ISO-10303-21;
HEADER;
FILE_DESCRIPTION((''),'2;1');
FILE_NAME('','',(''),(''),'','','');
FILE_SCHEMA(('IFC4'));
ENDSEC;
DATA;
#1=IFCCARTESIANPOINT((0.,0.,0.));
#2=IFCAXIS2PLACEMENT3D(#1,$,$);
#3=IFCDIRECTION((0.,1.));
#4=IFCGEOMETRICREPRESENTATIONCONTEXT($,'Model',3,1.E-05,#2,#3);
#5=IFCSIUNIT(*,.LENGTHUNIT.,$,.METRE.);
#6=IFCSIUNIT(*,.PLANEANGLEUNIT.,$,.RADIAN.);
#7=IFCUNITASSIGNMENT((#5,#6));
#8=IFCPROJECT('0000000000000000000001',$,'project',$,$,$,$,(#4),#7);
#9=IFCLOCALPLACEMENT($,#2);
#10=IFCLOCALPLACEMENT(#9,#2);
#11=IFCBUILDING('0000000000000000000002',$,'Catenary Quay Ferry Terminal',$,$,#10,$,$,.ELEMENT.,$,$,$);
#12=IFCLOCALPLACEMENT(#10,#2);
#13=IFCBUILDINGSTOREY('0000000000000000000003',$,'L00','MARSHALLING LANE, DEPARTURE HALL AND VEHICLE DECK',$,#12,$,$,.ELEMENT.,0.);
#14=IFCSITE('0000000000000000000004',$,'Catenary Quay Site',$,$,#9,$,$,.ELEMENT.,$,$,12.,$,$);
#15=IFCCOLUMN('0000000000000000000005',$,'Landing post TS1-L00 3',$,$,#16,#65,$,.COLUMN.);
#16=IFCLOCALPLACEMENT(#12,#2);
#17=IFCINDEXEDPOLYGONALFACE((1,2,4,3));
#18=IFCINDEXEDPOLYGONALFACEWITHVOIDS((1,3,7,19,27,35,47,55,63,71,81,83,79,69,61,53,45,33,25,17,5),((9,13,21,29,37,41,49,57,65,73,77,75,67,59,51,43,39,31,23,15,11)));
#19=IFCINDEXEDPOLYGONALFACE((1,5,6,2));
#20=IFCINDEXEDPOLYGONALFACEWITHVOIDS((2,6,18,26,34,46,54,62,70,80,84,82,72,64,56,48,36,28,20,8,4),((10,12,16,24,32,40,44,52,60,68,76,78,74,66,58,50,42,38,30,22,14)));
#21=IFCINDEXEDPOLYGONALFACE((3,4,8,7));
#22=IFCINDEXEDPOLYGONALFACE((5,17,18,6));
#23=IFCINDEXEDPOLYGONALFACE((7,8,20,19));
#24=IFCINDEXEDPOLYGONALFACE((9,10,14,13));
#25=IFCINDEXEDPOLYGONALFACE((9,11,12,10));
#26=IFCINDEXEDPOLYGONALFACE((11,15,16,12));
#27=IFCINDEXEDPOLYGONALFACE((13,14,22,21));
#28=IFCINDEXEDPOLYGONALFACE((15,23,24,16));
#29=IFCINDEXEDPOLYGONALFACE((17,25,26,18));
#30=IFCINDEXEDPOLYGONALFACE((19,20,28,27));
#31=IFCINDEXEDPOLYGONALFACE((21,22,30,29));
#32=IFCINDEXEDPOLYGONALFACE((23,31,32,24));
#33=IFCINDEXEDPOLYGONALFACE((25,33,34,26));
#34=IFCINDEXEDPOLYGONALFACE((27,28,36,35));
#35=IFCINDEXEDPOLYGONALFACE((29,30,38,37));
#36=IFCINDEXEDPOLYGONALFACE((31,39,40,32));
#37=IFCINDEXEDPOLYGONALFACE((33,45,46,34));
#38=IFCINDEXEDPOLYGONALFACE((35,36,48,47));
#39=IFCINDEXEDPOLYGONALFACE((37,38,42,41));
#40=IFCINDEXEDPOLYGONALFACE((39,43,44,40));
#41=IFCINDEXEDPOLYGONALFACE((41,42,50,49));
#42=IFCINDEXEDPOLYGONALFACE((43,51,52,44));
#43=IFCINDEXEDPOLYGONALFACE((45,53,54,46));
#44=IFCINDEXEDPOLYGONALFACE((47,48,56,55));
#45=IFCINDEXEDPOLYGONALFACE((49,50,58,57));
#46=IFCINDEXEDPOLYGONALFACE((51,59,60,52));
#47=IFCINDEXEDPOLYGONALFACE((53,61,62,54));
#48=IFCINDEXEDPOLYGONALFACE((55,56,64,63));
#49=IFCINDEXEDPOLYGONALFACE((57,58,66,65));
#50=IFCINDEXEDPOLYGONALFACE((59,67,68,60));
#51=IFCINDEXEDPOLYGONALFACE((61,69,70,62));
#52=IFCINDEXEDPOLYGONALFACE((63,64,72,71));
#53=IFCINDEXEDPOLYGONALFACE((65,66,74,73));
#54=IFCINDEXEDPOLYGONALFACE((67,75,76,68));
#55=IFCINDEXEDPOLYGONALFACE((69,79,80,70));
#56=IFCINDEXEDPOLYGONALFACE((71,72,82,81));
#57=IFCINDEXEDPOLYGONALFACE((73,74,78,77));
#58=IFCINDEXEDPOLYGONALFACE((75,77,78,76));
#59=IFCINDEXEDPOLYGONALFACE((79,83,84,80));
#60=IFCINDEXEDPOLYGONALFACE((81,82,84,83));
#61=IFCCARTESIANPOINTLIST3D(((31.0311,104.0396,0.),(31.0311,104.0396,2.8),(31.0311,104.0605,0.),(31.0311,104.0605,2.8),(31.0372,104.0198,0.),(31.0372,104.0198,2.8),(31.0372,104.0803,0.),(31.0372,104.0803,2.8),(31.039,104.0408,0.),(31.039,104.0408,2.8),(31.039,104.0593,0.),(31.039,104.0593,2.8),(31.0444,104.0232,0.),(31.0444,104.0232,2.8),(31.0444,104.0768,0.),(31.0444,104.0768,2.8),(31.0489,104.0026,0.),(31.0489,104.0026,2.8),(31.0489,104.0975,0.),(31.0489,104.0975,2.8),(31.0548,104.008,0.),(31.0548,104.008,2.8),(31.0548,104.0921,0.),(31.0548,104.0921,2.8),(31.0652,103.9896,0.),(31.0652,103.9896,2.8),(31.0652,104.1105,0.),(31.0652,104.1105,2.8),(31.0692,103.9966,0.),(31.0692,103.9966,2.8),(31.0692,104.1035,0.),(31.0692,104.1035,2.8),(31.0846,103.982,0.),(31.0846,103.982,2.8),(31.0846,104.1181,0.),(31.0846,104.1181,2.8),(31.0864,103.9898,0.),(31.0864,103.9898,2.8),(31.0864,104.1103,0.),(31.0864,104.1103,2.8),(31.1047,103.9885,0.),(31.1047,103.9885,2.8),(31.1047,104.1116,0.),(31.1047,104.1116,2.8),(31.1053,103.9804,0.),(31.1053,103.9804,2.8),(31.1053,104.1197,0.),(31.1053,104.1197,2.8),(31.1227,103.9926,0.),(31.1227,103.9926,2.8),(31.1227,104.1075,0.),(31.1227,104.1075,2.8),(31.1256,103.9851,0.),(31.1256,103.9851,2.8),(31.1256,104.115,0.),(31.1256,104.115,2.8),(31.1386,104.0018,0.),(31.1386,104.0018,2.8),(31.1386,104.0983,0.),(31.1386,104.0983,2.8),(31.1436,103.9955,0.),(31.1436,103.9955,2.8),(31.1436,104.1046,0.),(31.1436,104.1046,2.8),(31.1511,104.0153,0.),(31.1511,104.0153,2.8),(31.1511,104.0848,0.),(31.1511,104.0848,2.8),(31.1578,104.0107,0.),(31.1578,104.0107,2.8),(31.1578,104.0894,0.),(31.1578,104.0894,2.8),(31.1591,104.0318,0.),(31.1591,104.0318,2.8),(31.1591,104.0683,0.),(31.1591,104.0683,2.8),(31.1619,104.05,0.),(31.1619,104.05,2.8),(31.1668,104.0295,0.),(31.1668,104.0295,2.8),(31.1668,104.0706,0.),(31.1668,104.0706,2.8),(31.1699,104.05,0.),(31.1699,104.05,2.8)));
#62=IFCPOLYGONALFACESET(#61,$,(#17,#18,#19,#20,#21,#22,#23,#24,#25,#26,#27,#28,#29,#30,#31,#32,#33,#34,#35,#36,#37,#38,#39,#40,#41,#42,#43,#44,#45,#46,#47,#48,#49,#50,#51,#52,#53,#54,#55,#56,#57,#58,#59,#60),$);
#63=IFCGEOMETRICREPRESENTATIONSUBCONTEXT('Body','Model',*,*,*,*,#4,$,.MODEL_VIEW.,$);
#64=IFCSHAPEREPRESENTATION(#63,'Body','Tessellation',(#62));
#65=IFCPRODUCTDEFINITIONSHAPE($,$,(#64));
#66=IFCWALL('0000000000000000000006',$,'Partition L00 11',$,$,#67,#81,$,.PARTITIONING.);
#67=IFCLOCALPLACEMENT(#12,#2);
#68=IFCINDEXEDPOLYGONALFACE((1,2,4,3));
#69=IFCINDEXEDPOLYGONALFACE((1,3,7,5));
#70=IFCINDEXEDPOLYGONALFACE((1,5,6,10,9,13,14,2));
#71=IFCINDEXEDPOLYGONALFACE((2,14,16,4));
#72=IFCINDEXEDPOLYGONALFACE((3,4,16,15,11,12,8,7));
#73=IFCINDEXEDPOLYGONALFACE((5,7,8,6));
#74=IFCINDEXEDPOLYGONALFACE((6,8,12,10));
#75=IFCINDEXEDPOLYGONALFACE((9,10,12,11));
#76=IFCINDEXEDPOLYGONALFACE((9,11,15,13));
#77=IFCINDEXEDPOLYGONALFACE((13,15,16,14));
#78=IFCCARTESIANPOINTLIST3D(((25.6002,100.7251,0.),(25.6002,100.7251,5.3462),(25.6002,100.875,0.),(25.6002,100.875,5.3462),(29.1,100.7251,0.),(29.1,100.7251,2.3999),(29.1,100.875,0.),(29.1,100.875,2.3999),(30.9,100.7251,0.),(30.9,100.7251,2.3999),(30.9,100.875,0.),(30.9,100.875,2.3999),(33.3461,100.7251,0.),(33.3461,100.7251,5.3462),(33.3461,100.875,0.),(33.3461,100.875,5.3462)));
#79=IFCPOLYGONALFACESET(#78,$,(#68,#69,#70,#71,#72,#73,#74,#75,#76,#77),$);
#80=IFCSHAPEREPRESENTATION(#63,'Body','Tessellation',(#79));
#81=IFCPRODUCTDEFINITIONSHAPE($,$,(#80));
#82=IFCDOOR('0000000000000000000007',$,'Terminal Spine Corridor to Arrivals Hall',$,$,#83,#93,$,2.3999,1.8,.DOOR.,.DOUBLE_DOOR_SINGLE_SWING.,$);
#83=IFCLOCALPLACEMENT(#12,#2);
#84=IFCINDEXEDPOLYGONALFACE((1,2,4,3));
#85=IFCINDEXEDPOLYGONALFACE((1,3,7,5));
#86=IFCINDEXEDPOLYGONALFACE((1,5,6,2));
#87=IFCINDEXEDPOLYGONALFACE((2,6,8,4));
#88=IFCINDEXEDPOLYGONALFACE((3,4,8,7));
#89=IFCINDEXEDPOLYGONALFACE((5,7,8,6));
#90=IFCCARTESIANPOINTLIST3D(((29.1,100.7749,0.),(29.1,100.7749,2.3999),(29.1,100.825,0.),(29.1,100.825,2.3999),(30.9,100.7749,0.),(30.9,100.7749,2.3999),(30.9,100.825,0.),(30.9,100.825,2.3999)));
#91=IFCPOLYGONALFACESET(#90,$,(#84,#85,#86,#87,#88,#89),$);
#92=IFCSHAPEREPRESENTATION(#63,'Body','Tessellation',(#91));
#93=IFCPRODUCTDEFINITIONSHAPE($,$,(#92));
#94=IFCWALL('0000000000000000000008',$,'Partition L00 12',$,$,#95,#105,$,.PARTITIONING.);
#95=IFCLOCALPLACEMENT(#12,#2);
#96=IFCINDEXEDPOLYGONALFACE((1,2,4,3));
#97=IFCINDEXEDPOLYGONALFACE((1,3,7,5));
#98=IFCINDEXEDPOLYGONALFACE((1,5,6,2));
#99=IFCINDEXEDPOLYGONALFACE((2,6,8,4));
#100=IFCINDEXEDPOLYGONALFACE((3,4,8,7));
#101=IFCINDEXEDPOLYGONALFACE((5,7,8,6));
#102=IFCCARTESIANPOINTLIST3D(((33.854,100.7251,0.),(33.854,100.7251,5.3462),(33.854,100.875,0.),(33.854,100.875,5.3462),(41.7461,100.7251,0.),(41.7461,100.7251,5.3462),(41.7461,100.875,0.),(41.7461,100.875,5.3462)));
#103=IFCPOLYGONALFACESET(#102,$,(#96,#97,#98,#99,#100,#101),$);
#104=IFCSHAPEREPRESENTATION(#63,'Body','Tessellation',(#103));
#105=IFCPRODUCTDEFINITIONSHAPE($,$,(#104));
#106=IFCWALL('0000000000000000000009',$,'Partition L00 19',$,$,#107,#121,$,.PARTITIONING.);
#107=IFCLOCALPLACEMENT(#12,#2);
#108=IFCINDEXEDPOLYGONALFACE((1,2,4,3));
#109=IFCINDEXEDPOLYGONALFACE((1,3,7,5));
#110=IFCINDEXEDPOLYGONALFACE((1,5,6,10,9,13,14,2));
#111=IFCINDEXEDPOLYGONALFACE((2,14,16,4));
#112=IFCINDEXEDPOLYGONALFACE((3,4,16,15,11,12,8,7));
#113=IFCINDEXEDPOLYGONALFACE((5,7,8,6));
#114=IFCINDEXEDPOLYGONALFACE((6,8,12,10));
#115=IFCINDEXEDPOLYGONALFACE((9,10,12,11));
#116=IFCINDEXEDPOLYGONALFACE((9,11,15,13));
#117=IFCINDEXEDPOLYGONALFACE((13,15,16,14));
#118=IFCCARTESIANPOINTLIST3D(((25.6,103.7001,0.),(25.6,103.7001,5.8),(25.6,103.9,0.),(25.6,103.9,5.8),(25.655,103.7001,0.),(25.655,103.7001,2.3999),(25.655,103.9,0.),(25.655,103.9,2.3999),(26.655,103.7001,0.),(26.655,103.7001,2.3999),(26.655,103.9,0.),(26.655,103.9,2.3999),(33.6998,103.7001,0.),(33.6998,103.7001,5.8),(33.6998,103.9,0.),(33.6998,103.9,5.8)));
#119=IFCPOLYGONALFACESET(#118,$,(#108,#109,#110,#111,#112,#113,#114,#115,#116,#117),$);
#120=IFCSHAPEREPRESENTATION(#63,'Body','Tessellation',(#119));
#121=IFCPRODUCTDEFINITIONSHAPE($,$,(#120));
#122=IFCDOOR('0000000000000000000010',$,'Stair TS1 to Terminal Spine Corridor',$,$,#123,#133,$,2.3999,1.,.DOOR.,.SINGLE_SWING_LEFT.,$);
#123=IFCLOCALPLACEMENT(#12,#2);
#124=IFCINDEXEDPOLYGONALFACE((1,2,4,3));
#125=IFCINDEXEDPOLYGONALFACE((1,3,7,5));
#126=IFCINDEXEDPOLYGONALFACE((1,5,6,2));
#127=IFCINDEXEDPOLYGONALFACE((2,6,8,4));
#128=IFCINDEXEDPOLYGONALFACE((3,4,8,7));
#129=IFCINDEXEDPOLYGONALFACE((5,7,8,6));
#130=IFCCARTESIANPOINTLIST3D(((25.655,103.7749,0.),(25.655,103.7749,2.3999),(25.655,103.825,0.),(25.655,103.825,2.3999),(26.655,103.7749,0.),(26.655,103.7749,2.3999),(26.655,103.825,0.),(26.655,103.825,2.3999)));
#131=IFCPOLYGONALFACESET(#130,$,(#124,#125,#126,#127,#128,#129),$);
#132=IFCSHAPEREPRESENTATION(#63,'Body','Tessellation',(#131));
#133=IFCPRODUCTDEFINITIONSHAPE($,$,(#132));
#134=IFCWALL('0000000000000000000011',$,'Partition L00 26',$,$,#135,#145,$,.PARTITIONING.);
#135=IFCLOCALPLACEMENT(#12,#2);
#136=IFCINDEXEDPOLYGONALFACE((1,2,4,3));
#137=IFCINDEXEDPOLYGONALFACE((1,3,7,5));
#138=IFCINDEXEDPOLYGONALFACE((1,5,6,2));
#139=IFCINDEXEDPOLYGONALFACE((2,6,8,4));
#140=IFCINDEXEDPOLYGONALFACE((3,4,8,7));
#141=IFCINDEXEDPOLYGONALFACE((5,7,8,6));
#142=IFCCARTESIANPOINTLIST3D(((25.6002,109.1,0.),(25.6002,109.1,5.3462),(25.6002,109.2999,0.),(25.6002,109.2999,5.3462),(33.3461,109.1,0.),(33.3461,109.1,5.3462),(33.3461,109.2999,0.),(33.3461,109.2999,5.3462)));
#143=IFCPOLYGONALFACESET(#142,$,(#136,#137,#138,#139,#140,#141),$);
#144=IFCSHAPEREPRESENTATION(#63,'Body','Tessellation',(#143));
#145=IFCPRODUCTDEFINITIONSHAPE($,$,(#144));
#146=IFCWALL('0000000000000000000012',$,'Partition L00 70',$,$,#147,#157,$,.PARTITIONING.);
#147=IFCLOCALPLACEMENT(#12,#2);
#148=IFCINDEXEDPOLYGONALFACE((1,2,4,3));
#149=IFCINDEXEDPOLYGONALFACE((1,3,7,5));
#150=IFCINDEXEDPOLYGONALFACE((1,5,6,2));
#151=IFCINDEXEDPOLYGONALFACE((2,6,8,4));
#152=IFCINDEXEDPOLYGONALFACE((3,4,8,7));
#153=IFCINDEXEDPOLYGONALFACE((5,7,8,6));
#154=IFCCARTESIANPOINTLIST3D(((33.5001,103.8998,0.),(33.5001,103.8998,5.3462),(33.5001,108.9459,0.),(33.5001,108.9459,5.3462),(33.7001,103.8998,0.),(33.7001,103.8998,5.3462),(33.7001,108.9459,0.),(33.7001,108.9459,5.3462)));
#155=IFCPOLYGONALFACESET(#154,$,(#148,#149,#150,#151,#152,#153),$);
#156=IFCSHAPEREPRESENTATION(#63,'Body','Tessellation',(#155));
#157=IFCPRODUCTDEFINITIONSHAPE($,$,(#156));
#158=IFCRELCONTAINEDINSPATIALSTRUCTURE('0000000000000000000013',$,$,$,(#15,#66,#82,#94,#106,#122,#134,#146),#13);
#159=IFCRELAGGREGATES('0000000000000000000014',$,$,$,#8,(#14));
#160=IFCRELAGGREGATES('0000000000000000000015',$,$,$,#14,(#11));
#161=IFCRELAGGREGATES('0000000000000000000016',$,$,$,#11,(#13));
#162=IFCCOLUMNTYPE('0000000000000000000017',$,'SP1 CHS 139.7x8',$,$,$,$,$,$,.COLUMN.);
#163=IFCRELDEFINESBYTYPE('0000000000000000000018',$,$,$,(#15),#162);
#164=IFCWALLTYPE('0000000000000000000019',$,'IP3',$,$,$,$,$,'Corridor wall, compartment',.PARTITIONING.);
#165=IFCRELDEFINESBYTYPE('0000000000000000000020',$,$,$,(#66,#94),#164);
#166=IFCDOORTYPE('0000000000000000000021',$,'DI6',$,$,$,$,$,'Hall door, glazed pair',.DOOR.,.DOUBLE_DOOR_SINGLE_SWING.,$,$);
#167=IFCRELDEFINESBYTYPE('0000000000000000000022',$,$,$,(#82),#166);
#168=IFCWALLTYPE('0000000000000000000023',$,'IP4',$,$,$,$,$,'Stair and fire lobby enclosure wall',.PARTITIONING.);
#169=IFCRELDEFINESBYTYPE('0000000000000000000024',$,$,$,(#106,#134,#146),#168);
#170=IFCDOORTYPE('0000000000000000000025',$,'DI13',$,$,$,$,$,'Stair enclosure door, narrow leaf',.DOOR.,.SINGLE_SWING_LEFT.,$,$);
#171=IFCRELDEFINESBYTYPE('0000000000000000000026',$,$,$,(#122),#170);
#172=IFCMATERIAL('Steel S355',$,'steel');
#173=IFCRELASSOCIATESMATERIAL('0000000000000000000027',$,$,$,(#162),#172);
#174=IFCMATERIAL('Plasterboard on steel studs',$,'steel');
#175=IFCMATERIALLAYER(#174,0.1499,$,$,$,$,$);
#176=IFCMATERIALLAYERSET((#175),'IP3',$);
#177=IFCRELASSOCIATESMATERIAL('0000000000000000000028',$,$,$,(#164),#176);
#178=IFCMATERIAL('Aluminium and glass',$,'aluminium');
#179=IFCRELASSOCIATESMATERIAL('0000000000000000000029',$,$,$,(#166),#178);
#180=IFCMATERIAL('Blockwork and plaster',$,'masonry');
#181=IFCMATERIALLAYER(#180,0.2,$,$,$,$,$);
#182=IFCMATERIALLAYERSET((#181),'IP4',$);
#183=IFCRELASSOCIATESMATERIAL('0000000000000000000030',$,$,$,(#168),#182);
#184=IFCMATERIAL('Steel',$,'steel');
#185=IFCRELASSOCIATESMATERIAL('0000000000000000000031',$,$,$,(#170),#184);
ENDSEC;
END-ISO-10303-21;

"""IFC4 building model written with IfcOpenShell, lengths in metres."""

from ifc_helpers import new_model, si_unit, direction, frame, frame_2d, origin, origin_2d, place, context, subcontext, project, spatial, rectangle, hollow_circle, extrude, material, layer, layer_set, material_profile, profile_set, type_object, element, fill, save


model = new_model("IFC4")

# Units and contexts
model_context = context("Model", 3, precision=1e-05, world=origin(), true_north=direction((0.0, 1.0)))
body_context = subcontext(model_context, "Body", "Model", "MODEL_VIEW")
ifc_project = project(units=[si_unit("LENGTHUNIT", "METRE"), si_unit("PLANEANGLEUNIT", "RADIAN")], contexts=[model_context])

# Site, building, storey
site_placement = place(None, origin())
site = spatial("IfcSite", under=ifc_project, at=site_placement, Name="Catenary Quay Site", CompositionType="ELEMENT", RefElevation=12.0)
building_placement = place(site_placement, origin())
building = spatial("IfcBuilding", under=site, at=building_placement, Name="Catenary Quay Ferry Terminal", CompositionType="ELEMENT")
storey_placement = place(building_placement, origin())
storey = spatial("IfcBuildingStorey", under=building, at=storey_placement, Name="L00", Description="MARSHALLING LANE, DEPARTURE HALL AND VEHICLE DECK", CompositionType="ELEMENT", Elevation=0.0)

# Column
ifc_material_1 = material(Name="Steel S355", Category="steel")
ifc_material_profile_1 = material_profile(ifc_material_1, hollow_circle(Radius=0.0698, WallThickness=0.0081, at=origin_2d()), Name="CHS 139.7x8")
ifc_profile_set_1 = profile_set([ifc_material_profile_1], Name="Steel S355")
column_type_1 = type_object("IfcColumnType", Name="SP1 CHS 139.7x8", PredefinedType="COLUMN", material=ifc_profile_set_1)
for number, where, z_axis, x_axis, name in (
    (1, (31.1001, 104.05, 0.0), (0.0, 0.0, 1.0), (1.0, 0.0, 0.0), "Landing post TS1-L00 3"),
):
    element("IfcColumn", number, at=place(storey_placement, frame(where, z_axis=z_axis, x_axis=x_axis)), inside=storey, type_object=column_type_1, Name=name, PredefinedType="COLUMN", context=body_context, shape_type="SweptSolid", body=[
        extrude(hollow_circle(Radius=0.0698, WallThickness=0.0081, at=origin_2d()), origin(), (0.0, 0.0, 1.0), 2.8),
    ])

# Wall, opening, door
ifc_material_2 = material(Name="Plasterboard on steel studs", Category="steel")
ifc_layer_1 = layer(ifc_material_2, 0.1499)
ifc_layer_set_1 = layer_set([ifc_layer_1], Name="IP3")
wall_type_1 = type_object("IfcWallType", Name="IP3", ElementType="Corridor wall, compartment", PredefinedType="PARTITIONING", material=ifc_layer_set_1)
wall_1_placement = place(storey_placement, frame((25.6001, 100.8, 0.0), z_axis=(0.0, 0.0, 1.0), x_axis=(1.0, 0.0, 0.0)))
wall_1 = element("IfcWall", 2, at=wall_1_placement, inside=storey, type_object=wall_type_1, Name="Partition L00 11", PredefinedType="PARTITIONING", context=body_context, shape_type="SweptSolid", body=[
    extrude(rectangle(XDim=7.7458, YDim=0.1499, at=frame_2d((3.873, 0.0))), origin(), (0.0, 0.0, 1.0), 5.3462),
])
opening_1_placement = place(wall_1_placement, frame((3.5, 0.0, 0.0)))
opening_1 = element("IfcOpeningElement", 3, at=opening_1_placement, cuts=wall_1, PredefinedType="OPENING", context=body_context, shape_type="SweptSolid", body=[
    extrude(rectangle(XDim=1.8, YDim=2.3999, at=frame_2d((0.8999, 1.2))), frame((0.0, 0.085, 0.0), z_axis=(0.0, -1.0, 0.0), x_axis=(1.0, 0.0, 0.0)), (0.0, 0.0, 1.0), 0.1699),
])
ifc_material_3 = material(Name="Aluminium and glass", Category="aluminium")
door_type_1 = type_object("IfcDoorType", Name="DI6", ElementType="Hall door, glazed pair", OperationType="DOUBLE_DOOR_SINGLE_SWING", PredefinedType="DOOR", material=ifc_material_3)
door_1_placement = place(opening_1_placement, origin())
door_1 = element("IfcDoor", 4, at=door_1_placement, inside=storey, type_object=door_type_1, Name="Terminal Spine Corridor to Arrivals Hall", OperationType="DOUBLE_DOOR_SINGLE_SWING", OverallHeight=2.3999, OverallWidth=1.8, PredefinedType="DOOR", context=body_context, shape_type="SweptSolid", body=[
    extrude(rectangle(XDim=1.8, YDim=2.3999, at=frame_2d((0.8999, 1.2))), frame((0.0, 0.0249, 0.0), z_axis=(0.0, -1.0, 0.0), x_axis=(1.0, 0.0, 0.0)), (0.0, 0.0, 1.0), 0.05),
])
fill(opening_1, door_1)

# Wall
wall_2_placement = place(storey_placement, frame((33.854, 100.8, 0.0), z_axis=(0.0, 0.0, 1.0), x_axis=(1.0, 0.0, 0.0)))
element("IfcWall", 5, at=wall_2_placement, inside=storey, type_object=wall_type_1, Name="Partition L00 12", PredefinedType="PARTITIONING", context=body_context, shape_type="SweptSolid", body=[
    extrude(rectangle(XDim=7.8921, YDim=0.1499, at=frame_2d((3.946, 0.0))), origin(), (0.0, 0.0, 1.0), 5.3462),
])

# Wall, opening, door
ifc_material_4 = material(Name="Blockwork and plaster", Category="masonry")
ifc_layer_2 = layer(ifc_material_4, 0.2)
ifc_layer_set_2 = layer_set([ifc_layer_2], Name="IP4")
wall_type_2 = type_object("IfcWallType", Name="IP4", ElementType="Stair and fire lobby enclosure wall", PredefinedType="PARTITIONING", material=ifc_layer_set_2)
wall_3_placement = place(storey_placement, frame((25.6001, 103.8, 0.0), z_axis=(0.0, 0.0, 1.0), x_axis=(1.0, 0.0, 0.0)))
wall_3 = element("IfcWall", 6, at=wall_3_placement, inside=storey, type_object=wall_type_2, Name="Partition L00 19", PredefinedType="PARTITIONING", context=body_context, shape_type="SweptSolid", body=[
    extrude(rectangle(XDim=8.0999, YDim=0.2, at=frame_2d((4.0498, 0.0))), origin(), (0.0, 0.0, 1.0), 5.8),
])
opening_2_placement = place(wall_3_placement, frame((0.0549, 0.0, 0.0)))
opening_2 = element("IfcOpeningElement", 7, at=opening_2_placement, cuts=wall_3, PredefinedType="OPENING", context=body_context, shape_type="SweptSolid", body=[
    extrude(rectangle(XDim=1.0, YDim=2.3999, at=frame_2d((0.5, 1.2))), frame((0.0, 0.1099, 0.0), z_axis=(0.0, -1.0, 0.0), x_axis=(1.0, 0.0, 0.0)), (0.0, 0.0, 1.0), 0.22),
])
ifc_material_5 = material(Name="Steel", Category="steel")
door_type_2 = type_object("IfcDoorType", Name="DI13", ElementType="Stair enclosure door, narrow leaf", OperationType="SINGLE_SWING_LEFT", PredefinedType="DOOR", material=ifc_material_5)
door_2_placement = place(opening_2_placement, origin())
door_2 = element("IfcDoor", 8, at=door_2_placement, inside=storey, type_object=door_type_2, Name="Stair TS1 to Terminal Spine Corridor", OperationType="SINGLE_SWING_LEFT", OverallHeight=2.3999, OverallWidth=1.0, PredefinedType="DOOR", context=body_context, shape_type="SweptSolid", body=[
    extrude(rectangle(XDim=1.0, YDim=2.3999, at=frame_2d((0.5, 1.2))), frame((0.0, 0.0249, 0.0), z_axis=(0.0, -1.0, 0.0), x_axis=(1.0, 0.0, 0.0)), (0.0, 0.0, 1.0), 0.05),
])
fill(opening_2, door_2)

# Walls
wall_4_placement = place(storey_placement, frame((25.6001, 109.2, 0.0), z_axis=(0.0, 0.0, 1.0), x_axis=(1.0, 0.0, 0.0)))
element("IfcWall", 9, at=wall_4_placement, inside=storey, type_object=wall_type_2, Name="Partition L00 26", PredefinedType="PARTITIONING", context=body_context, shape_type="SweptSolid", body=[
    extrude(rectangle(XDim=7.7458, YDim=0.2, at=frame_2d((3.873, 0.0))), origin(), (0.0, 0.0, 1.0), 5.3462),
])
wall_5_placement = place(storey_placement, frame((33.6001, 103.8999, 0.0), z_axis=(0.0, 0.0, 1.0), x_axis=(0.0, 1.0, 0.0)))
element("IfcWall", 10, at=wall_5_placement, inside=storey, type_object=wall_type_2, Name="Partition L00 70", PredefinedType="PARTITIONING", context=body_context, shape_type="SweptSolid", body=[
    extrude(rectangle(XDim=5.0461, YDim=0.2, at=frame_2d((2.5229, 0.0))), origin(), (0.0, 0.0, 1.0), 5.3462),
])

save(model, "model.ifc")
